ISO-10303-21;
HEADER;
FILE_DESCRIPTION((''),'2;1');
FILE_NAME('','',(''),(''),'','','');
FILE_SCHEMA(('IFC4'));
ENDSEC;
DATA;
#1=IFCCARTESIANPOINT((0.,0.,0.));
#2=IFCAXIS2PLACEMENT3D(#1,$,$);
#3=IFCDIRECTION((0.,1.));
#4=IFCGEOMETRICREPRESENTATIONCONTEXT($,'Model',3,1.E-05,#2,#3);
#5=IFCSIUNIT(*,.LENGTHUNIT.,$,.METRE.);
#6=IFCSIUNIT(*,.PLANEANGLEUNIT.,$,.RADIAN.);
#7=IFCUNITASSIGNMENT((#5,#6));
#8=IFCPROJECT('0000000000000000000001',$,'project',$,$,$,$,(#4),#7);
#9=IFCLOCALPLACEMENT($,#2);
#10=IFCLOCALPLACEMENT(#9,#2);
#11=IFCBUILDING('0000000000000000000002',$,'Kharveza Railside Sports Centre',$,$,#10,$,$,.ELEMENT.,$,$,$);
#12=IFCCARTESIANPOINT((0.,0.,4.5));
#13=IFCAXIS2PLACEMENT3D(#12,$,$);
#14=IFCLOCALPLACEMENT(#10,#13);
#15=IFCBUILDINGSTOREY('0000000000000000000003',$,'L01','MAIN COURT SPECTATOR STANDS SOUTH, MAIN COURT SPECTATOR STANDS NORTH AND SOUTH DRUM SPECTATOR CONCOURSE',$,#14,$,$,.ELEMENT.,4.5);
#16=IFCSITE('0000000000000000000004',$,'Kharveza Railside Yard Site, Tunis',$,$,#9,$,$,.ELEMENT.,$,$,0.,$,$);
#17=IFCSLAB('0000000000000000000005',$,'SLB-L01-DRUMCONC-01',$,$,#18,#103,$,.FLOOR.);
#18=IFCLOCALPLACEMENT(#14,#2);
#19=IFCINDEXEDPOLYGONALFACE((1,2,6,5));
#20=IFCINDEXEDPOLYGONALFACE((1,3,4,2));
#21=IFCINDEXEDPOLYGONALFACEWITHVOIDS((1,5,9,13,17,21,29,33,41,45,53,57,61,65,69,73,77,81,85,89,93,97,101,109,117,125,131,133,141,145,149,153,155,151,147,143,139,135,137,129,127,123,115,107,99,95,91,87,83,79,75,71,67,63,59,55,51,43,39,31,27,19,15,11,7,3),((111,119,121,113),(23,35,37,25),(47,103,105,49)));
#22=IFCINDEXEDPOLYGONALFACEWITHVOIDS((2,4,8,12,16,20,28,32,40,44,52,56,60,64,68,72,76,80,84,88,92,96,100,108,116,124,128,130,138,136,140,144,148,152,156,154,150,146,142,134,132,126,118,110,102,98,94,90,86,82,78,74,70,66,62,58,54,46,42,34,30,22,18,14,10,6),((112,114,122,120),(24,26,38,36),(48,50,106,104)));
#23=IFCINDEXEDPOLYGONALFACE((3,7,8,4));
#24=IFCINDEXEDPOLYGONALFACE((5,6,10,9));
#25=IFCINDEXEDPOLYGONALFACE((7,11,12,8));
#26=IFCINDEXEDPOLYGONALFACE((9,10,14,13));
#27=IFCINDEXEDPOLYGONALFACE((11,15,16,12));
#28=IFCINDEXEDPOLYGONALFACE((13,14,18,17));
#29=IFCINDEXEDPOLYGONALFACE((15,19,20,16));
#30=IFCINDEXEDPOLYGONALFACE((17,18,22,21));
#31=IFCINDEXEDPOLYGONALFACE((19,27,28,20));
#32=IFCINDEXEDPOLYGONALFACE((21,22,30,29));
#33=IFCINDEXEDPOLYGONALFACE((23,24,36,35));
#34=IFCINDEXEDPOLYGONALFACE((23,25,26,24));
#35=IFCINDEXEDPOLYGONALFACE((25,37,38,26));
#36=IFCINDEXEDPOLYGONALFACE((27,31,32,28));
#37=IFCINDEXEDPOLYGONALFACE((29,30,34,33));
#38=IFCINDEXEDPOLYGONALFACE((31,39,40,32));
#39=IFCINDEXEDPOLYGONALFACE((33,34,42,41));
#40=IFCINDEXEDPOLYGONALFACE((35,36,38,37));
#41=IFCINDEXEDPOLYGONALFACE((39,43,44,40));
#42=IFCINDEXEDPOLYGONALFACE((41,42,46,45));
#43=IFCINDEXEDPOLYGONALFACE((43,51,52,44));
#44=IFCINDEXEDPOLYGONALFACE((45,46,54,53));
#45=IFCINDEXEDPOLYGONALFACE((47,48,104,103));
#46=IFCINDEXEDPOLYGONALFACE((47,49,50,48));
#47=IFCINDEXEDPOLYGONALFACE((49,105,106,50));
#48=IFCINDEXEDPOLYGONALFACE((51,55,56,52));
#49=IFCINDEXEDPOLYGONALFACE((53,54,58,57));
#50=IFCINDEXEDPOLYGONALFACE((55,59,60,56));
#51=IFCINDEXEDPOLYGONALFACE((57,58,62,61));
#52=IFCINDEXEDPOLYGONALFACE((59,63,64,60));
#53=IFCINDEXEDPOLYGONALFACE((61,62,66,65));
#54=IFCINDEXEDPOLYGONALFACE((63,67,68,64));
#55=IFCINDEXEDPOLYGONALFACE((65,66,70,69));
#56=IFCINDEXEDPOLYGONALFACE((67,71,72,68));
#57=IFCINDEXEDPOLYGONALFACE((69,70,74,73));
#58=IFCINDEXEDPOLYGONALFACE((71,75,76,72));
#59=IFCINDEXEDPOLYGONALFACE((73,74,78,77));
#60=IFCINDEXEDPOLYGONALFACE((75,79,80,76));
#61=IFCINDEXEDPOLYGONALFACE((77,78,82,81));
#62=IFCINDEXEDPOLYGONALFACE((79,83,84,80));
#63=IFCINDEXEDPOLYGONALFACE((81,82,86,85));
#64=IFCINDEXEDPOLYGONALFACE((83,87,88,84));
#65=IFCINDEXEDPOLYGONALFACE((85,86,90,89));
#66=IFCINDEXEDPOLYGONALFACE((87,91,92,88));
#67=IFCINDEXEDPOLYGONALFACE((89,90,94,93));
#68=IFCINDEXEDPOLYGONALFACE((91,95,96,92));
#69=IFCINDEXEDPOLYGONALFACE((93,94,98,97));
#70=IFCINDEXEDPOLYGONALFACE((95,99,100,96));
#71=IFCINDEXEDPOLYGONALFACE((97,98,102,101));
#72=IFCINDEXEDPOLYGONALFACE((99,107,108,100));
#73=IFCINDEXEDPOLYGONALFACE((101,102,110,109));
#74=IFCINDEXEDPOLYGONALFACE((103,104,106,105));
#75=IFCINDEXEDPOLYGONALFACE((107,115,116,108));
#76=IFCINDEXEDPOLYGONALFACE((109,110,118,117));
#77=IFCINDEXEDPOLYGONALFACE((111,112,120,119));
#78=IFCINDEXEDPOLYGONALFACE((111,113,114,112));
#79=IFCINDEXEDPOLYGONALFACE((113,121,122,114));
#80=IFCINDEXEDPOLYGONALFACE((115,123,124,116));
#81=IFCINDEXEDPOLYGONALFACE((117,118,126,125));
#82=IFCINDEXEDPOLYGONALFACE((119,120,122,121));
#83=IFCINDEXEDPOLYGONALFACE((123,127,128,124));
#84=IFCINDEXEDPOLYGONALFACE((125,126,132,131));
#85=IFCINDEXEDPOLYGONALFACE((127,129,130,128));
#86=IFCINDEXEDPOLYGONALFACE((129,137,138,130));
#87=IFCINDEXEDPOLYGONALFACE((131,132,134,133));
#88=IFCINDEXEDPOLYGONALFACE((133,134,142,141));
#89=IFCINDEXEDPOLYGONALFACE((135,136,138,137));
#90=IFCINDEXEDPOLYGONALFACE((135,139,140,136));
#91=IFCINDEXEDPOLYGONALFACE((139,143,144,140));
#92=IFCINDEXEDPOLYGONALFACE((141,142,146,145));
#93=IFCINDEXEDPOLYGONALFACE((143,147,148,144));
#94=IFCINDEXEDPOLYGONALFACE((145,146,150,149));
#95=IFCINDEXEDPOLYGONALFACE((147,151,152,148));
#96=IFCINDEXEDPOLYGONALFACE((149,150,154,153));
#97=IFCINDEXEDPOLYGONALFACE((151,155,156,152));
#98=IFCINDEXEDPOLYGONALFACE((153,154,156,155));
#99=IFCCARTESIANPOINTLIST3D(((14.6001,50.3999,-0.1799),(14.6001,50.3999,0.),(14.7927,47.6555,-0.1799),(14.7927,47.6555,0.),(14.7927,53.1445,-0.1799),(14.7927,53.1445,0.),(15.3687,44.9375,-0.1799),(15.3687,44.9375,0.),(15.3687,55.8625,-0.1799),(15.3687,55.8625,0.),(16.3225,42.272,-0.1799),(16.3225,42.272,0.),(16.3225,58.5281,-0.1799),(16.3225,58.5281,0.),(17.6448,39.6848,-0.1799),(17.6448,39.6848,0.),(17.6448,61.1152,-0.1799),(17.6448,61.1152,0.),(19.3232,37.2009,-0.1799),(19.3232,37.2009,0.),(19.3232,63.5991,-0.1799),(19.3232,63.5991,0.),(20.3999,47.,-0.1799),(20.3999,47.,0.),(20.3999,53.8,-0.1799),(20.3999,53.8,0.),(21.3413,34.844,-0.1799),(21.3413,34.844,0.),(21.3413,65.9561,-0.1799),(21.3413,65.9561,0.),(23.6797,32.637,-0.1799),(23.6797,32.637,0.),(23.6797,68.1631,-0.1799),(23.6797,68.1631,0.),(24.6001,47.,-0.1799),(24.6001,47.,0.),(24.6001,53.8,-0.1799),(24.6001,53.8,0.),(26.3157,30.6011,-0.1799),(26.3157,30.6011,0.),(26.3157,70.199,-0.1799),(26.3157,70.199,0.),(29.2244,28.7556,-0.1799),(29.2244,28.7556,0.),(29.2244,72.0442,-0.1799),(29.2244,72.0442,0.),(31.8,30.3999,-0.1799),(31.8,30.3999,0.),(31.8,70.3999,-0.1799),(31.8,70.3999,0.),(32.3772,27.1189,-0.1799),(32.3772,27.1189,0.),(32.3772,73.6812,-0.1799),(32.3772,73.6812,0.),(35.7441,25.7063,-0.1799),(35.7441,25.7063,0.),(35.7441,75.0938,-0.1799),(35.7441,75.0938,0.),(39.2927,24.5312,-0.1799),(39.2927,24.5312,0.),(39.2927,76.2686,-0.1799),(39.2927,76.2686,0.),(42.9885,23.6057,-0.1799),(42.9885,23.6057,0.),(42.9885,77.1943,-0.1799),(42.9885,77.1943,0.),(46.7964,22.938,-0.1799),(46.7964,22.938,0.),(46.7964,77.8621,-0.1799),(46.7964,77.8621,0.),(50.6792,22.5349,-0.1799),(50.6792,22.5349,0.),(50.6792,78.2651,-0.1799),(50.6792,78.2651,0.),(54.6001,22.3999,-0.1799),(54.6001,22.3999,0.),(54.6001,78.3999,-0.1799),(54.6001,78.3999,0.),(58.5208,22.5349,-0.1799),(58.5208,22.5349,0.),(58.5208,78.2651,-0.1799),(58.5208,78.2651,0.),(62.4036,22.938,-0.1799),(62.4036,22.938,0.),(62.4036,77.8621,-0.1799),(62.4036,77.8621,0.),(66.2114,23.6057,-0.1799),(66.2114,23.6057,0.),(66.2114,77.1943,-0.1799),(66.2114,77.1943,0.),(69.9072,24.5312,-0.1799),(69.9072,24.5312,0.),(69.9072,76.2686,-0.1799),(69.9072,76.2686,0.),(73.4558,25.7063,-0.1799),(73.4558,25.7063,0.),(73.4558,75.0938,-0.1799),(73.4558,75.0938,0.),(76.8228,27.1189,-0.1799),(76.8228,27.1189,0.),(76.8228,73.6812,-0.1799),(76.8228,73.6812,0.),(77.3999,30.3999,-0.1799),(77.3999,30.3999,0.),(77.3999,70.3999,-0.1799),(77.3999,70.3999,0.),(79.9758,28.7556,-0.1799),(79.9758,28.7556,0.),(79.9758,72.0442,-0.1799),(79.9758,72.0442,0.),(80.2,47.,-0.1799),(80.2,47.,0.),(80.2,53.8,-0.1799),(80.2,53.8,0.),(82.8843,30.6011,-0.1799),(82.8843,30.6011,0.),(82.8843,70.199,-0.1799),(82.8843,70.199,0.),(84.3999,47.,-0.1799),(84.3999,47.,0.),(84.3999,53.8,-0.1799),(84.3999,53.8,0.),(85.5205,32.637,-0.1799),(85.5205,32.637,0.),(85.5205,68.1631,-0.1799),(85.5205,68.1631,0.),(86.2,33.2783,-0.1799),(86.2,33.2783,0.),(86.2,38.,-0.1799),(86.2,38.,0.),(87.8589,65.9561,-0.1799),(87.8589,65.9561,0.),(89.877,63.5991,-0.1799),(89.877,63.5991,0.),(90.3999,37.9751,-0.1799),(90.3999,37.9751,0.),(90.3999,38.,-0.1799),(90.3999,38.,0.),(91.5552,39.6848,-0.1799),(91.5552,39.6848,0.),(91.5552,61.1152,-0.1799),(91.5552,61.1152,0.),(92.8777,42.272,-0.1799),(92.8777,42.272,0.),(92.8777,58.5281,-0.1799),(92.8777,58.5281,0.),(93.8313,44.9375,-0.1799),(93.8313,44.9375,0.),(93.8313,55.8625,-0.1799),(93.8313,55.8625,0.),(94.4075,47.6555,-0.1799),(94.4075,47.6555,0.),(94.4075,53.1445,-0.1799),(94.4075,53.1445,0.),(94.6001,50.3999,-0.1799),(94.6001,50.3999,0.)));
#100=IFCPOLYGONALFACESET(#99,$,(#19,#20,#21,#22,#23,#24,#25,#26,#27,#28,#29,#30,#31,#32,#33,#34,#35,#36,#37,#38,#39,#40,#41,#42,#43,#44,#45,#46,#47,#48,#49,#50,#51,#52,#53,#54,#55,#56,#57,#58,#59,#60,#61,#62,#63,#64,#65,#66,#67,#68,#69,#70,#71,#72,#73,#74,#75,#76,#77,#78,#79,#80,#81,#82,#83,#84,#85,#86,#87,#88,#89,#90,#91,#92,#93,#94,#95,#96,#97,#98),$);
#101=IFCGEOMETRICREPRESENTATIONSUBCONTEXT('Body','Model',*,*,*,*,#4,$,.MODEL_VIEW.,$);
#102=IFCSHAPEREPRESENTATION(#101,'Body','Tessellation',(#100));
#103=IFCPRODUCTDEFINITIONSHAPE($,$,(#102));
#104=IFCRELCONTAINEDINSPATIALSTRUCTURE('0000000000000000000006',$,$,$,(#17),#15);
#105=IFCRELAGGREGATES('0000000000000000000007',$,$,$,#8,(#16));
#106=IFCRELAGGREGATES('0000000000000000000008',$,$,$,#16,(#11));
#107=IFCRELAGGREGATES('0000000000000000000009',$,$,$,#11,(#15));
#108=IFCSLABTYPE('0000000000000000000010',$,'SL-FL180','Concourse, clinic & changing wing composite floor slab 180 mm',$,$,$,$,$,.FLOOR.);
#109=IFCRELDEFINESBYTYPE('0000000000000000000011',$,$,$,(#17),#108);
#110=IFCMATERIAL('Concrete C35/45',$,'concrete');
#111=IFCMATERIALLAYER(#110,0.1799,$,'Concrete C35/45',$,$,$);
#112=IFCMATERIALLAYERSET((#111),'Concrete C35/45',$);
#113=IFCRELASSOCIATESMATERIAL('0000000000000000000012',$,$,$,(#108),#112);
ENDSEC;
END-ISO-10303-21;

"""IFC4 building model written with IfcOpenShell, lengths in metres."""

from ifc_helpers import new_model, si_unit, direction, frame, origin, place, context, subcontext, project, spatial, polyline, outline, extrude, material, layer, layer_set, type_object, element, save


model = new_model("IFC4")

# Units and contexts
model_context = context("Model", 3, precision=1e-05, world=origin(), true_north=direction((0.0, 1.0)))
body_context = subcontext(model_context, "Body", "Model", "MODEL_VIEW")
ifc_project = project(units=[si_unit("LENGTHUNIT", "METRE"), si_unit("PLANEANGLEUNIT", "RADIAN")], contexts=[model_context])

# Site, building, storey
site_placement = place(None, origin())
site = spatial("IfcSite", under=ifc_project, at=site_placement, Name="Kharveza Railside Yard Site, Tunis", CompositionType="ELEMENT", RefElevation=0.0)
building_placement = place(site_placement, origin())
building = spatial("IfcBuilding", under=site, at=building_placement, Name="Kharveza Railside Sports Centre", CompositionType="ELEMENT")
storey_placement = place(building_placement, frame((0.0, 0.0, 4.5)))
storey = spatial("IfcBuildingStorey", under=building, at=storey_placement, Name="L01", Description="MAIN COURT SPECTATOR STANDS SOUTH, MAIN COURT SPECTATOR STANDS NORTH AND SOUTH DRUM SPECTATOR CONCOURSE", CompositionType="ELEMENT", Elevation=4.5)

# Slab
ifc_material_1 = material(Name="Concrete C35/45", Category="concrete")
ifc_layer_1 = layer(ifc_material_1, 0.1799, Name="Concrete C35/45")
ifc_layer_set_1 = layer_set([ifc_layer_1], Name="Concrete C35/45")
slab_type_1 = type_object("IfcSlabType", Name="SL-FL180", Description="Concourse, clinic & changing wing composite floor slab 180 mm", PredefinedType="FLOOR", material=ifc_layer_set_1)
slab_1_placement = place(storey_placement, frame((0.0, 0.0, -0.1799)))
element("IfcSlab", 1, at=slab_1_placement, inside=storey, type_object=slab_type_1, Name="SLB-L01-DRUMCONC-01", PredefinedType="FLOOR", context=body_context, shape_type="SweptSolid", body=[
    extrude(outline(polyline([(46.7964, 22.938), (42.9885, 23.6057), (39.2927, 24.5312), (35.7441, 25.7063), (32.3772, 27.1189), (29.2244, 28.7556), (26.3157, 30.6011), (23.6797, 32.637), (21.3413, 34.844), (19.3232, 37.2009), (17.6448, 39.6848), (16.3225, 42.272), (15.3687, 44.9375), (14.7927, 47.6555), (14.6001, 50.3999), (14.7927, 53.1445), (15.3687, 55.8625), (16.3225, 58.5281), (17.6448, 61.1152), (19.3232, 63.5991), (21.3413, 65.9561), (23.6797, 68.1631), (26.3157, 70.199), (29.2244, 72.0442), (32.3772, 73.6812), (35.7441, 75.0938), (39.2927, 76.2686), (42.9885, 77.1943), (46.7964, 77.8621), (50.6792, 78.2651), (54.6001, 78.3999), (58.5208, 78.2651), (62.4036, 77.8621), (66.2114, 77.1943), (69.9072, 76.2686), (73.4558, 75.0938), (76.8228, 73.6812), (79.9758, 72.0442), (82.8843, 70.199), (85.5205, 68.1631), (87.8589, 65.9561), (89.877, 63.5991), (91.5552, 61.1152), (92.8777, 58.5281), (93.8313, 55.8625), (94.4075, 53.1445), (94.6001, 50.3999), (94.4075, 47.6555), (93.8313, 44.9375), (92.8777, 42.272), (91.5552, 39.6848), (90.3999, 37.9751), (90.3999, 38.0), (86.2, 38.0), (86.2, 33.2783), (85.5205, 32.637), (82.8843, 30.6011), (79.9758, 28.7556), (76.8228, 27.1189), (73.4558, 25.7063), (69.9072, 24.5312), (66.2114, 23.6057), (62.4036, 22.938), (58.5208, 22.5349), (54.6001, 22.3999), (50.6792, 22.5349), (46.7964, 22.938)]), holes=[polyline([(77.3999, 70.3999), (31.8, 70.3999), (31.8, 30.3999), (77.3999, 30.3999), (77.3999, 70.3999)]), polyline([(20.3999, 53.8), (20.3999, 47.0), (24.6001, 47.0), (24.6001, 53.8), (20.3999, 53.8)]), polyline([(84.3999, 53.8), (80.2, 53.8), (80.2, 47.0), (84.3999, 47.0), (84.3999, 53.8)])]), origin(), (0.0, 0.0, 1.0), 0.1799),
])

save(model, "model.ifc")
